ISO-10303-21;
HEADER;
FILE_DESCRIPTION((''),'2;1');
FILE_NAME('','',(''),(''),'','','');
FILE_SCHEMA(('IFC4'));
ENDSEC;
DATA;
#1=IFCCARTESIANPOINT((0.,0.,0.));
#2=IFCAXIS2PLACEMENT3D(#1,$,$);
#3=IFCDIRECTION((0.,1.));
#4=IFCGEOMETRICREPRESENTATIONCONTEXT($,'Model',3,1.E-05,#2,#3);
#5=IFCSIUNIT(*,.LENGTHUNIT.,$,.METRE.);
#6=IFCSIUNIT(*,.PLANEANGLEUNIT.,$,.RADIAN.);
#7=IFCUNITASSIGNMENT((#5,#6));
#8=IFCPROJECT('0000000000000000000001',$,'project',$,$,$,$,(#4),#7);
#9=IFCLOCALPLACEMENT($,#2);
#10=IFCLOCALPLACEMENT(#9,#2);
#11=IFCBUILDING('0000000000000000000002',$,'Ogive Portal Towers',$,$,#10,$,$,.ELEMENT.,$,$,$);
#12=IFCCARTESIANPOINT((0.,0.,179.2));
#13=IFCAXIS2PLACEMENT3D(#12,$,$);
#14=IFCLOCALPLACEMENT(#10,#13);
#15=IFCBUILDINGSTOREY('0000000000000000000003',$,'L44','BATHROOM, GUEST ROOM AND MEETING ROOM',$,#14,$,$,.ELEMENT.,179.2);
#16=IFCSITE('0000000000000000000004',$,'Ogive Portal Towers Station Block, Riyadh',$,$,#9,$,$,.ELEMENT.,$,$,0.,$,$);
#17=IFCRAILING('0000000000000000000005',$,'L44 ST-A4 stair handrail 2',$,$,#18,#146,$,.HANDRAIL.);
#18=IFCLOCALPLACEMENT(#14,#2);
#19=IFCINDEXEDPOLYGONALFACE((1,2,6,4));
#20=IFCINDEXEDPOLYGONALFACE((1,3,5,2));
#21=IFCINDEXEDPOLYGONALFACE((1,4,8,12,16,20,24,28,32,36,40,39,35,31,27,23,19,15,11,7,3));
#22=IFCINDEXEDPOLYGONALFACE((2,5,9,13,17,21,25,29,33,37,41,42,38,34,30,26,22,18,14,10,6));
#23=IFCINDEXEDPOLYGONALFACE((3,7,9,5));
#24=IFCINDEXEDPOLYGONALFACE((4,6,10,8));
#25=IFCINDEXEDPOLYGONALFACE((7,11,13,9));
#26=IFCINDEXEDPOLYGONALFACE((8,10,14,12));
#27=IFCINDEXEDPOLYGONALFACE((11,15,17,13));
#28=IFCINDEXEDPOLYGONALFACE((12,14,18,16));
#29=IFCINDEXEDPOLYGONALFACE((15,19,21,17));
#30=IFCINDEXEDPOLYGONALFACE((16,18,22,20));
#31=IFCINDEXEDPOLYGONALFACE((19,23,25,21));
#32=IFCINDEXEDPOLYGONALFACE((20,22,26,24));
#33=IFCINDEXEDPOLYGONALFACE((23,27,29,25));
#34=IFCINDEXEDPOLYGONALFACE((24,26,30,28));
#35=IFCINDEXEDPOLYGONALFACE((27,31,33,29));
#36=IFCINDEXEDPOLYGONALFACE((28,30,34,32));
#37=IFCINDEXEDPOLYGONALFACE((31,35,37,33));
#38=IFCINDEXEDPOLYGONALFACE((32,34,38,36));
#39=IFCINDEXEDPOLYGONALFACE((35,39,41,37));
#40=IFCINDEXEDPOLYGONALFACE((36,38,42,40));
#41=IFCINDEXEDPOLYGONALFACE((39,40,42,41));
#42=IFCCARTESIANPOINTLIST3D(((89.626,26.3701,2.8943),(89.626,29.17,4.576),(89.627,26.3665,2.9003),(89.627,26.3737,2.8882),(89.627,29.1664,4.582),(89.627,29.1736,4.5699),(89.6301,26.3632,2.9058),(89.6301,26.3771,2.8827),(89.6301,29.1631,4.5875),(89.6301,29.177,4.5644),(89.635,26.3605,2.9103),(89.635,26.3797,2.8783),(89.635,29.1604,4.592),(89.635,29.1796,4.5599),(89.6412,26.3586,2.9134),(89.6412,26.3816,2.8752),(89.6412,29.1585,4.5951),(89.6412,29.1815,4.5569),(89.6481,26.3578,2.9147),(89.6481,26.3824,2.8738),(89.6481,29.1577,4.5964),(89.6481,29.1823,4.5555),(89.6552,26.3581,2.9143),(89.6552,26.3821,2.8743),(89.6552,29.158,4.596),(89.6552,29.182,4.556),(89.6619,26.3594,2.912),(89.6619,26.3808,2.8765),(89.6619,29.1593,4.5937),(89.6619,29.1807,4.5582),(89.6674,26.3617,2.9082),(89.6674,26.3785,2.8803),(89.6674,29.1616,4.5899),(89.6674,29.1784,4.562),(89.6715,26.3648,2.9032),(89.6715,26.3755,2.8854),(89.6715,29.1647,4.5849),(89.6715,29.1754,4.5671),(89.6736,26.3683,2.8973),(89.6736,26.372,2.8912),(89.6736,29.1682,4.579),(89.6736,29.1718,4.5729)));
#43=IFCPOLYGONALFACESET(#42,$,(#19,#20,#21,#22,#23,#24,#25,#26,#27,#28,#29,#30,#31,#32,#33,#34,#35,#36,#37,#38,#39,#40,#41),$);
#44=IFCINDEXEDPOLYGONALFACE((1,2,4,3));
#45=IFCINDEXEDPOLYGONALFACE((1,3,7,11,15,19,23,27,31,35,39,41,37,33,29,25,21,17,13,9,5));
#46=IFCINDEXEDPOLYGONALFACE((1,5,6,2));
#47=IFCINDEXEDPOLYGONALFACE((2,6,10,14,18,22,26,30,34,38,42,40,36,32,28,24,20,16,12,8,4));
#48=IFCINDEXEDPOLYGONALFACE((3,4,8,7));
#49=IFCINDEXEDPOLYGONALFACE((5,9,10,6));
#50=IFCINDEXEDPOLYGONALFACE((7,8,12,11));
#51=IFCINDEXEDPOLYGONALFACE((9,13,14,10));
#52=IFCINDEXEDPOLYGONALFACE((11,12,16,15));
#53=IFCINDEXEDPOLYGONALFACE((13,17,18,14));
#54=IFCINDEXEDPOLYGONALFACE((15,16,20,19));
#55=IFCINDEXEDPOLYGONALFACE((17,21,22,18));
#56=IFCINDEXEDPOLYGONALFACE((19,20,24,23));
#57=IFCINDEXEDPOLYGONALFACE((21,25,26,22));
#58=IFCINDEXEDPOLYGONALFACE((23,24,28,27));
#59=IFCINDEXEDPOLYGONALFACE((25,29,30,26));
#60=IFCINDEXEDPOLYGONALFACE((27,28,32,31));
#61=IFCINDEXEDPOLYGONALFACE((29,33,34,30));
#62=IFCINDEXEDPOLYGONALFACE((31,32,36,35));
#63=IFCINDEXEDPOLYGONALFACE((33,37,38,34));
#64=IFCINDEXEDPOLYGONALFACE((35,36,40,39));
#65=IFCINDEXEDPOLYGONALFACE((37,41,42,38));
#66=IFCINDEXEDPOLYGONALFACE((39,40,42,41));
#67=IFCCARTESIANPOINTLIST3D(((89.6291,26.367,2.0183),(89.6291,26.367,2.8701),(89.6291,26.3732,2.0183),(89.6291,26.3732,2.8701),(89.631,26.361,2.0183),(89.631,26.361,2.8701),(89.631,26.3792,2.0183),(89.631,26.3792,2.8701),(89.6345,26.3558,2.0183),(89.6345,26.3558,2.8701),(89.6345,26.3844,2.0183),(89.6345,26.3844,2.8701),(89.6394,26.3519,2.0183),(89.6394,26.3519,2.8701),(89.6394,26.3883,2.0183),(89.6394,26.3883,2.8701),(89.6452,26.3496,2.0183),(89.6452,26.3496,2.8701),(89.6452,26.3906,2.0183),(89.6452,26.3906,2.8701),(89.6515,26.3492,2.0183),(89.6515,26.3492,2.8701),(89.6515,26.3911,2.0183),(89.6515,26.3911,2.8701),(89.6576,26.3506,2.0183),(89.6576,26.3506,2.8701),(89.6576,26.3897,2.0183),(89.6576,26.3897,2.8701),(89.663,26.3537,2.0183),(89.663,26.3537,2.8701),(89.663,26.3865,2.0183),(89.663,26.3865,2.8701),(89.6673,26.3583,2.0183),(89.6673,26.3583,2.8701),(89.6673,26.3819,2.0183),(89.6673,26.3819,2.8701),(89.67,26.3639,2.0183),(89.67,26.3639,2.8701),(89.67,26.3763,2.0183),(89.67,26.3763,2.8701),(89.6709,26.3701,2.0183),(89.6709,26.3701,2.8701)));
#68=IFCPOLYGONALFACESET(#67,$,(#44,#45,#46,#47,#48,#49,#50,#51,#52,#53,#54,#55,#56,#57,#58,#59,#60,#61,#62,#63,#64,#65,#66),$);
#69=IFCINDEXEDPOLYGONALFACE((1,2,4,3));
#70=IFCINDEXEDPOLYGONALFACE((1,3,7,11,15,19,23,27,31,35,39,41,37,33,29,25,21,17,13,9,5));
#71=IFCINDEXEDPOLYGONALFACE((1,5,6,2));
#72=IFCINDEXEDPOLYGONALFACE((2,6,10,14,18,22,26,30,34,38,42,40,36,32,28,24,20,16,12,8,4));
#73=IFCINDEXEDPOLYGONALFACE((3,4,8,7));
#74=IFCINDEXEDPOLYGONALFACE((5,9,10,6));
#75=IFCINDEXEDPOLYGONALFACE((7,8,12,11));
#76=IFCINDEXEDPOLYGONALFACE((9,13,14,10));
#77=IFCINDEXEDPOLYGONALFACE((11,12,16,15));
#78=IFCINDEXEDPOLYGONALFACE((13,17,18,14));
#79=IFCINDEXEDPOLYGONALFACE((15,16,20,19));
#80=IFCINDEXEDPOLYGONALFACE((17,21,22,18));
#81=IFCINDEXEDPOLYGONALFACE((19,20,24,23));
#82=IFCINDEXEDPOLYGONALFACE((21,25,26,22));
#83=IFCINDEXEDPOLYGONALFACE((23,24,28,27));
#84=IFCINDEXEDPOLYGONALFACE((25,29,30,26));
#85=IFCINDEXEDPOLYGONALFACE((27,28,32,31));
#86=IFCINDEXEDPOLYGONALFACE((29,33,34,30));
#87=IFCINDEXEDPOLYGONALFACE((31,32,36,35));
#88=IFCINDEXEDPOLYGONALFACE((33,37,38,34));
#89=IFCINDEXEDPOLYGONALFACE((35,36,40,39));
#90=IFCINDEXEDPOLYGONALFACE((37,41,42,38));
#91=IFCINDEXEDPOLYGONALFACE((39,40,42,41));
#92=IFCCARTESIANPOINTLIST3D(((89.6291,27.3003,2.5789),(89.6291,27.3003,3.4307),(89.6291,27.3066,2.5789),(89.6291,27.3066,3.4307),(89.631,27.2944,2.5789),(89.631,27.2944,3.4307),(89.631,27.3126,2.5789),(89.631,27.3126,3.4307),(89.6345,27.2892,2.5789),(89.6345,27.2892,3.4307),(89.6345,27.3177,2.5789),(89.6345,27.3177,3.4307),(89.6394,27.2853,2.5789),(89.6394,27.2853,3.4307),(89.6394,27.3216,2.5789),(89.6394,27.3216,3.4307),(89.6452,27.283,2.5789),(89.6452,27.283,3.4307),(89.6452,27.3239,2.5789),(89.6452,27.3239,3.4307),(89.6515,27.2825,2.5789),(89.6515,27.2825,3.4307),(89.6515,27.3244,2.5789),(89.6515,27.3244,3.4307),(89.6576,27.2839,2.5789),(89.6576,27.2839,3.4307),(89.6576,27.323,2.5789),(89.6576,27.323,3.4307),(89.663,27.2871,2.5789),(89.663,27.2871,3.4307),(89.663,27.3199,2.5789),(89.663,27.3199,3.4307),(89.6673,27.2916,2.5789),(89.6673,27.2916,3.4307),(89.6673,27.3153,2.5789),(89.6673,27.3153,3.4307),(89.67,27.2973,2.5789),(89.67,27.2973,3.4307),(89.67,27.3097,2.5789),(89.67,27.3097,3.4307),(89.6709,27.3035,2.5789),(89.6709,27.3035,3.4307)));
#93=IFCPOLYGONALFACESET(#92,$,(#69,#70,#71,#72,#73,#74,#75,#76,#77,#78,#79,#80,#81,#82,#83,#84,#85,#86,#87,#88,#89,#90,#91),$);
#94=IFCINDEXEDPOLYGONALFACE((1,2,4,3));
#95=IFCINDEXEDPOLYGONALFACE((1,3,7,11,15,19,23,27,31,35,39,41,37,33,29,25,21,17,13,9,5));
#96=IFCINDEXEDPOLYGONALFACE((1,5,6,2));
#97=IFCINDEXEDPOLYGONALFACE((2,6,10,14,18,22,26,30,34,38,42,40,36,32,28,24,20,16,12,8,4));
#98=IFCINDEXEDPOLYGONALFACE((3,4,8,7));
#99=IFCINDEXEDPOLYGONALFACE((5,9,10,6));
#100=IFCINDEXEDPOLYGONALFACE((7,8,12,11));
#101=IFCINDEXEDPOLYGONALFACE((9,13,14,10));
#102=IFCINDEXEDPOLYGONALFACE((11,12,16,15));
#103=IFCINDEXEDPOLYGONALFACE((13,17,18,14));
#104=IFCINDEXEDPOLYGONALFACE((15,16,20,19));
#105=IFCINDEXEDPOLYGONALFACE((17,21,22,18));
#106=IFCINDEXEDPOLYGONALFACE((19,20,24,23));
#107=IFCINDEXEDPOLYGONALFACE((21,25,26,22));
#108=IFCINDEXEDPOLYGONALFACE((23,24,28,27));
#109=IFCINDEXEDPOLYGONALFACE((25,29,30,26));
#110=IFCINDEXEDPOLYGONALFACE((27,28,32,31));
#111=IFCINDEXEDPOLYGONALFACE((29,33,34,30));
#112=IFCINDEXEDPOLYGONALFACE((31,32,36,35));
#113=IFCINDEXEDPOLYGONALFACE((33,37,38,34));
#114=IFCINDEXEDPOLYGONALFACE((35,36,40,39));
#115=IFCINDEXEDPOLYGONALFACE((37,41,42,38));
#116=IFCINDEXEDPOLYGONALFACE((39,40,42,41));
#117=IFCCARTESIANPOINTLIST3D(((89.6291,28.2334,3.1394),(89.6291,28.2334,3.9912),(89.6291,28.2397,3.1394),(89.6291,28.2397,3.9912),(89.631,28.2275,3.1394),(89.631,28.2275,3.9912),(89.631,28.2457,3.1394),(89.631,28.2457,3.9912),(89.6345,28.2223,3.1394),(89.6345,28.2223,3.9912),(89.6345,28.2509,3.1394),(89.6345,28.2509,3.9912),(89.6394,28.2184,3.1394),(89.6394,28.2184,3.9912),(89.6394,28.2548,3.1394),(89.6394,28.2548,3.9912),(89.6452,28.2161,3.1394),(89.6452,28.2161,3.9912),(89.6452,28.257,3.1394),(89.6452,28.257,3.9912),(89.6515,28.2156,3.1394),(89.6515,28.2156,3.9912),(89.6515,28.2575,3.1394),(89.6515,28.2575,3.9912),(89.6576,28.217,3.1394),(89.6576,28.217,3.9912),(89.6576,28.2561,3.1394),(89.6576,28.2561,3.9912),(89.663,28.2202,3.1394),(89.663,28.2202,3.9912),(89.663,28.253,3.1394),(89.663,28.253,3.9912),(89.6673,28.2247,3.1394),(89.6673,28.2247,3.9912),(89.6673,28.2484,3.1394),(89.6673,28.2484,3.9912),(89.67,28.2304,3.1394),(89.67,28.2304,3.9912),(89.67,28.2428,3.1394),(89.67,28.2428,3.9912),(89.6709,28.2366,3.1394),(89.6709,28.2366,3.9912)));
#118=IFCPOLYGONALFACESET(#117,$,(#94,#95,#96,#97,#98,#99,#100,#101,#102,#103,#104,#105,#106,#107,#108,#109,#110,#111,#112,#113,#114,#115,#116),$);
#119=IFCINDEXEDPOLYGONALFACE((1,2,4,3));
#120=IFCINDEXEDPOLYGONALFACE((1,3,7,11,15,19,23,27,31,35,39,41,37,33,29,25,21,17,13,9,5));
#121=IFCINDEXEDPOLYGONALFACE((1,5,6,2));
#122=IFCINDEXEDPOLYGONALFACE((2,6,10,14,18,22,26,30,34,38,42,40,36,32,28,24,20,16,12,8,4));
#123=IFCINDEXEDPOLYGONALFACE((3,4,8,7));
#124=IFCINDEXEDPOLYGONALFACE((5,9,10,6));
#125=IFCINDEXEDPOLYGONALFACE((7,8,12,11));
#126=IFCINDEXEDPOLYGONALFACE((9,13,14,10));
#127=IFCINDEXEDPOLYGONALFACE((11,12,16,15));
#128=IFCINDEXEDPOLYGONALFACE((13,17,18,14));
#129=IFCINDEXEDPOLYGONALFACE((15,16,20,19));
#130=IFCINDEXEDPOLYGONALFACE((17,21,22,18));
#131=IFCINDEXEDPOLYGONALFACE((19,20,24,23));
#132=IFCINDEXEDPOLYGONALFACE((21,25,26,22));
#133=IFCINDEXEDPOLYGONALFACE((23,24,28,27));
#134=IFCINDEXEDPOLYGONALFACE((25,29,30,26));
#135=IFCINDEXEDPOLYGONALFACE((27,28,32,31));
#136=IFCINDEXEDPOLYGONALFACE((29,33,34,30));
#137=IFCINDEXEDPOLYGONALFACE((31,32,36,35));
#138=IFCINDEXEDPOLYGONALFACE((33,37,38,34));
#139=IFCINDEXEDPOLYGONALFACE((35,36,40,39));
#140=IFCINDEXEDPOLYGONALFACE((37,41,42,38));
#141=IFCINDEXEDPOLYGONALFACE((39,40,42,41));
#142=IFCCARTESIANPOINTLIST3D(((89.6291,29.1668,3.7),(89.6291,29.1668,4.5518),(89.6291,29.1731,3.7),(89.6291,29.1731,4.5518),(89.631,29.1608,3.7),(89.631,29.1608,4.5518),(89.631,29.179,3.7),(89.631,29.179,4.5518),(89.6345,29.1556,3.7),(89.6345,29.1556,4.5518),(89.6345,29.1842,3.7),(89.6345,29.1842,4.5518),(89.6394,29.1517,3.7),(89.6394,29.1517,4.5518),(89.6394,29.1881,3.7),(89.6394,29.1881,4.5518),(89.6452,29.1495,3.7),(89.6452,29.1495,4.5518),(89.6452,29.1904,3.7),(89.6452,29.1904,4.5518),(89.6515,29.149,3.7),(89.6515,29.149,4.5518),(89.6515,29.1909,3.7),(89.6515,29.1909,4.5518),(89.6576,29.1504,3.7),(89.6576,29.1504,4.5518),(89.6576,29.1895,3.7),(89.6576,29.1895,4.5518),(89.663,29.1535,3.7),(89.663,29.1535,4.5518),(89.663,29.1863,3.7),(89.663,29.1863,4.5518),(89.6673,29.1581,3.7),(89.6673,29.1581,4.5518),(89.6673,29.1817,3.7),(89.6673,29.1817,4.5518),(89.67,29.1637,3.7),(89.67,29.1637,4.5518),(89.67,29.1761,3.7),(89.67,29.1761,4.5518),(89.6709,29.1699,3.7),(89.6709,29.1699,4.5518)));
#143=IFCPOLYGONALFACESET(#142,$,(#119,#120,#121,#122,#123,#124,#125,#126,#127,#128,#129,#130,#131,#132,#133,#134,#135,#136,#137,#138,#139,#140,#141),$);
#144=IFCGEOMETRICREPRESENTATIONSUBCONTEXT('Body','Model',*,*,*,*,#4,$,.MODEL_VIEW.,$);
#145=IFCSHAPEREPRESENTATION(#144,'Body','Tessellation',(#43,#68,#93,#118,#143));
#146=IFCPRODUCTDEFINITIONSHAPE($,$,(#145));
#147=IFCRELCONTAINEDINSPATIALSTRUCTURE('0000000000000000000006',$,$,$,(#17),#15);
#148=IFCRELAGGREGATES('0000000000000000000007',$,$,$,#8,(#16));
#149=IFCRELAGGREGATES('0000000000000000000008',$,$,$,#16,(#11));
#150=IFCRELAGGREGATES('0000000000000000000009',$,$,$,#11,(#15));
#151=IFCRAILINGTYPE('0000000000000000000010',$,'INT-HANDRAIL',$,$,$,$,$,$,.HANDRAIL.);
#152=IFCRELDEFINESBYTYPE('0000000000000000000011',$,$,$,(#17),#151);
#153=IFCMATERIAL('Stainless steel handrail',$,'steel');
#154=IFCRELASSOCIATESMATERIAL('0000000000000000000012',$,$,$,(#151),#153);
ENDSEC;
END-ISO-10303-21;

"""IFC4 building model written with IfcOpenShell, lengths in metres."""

from ifc_helpers import new_model, si_unit, direction, frame, origin, origin_2d, place, context, subcontext, project, spatial, circle, extrude, material, type_object, element, save


model = new_model("IFC4")

# Units and contexts
model_context = context("Model", 3, precision=1e-05, world=origin(), true_north=direction((0.0, 1.0)))
body_context = subcontext(model_context, "Body", "Model", "MODEL_VIEW")
ifc_project = project(units=[si_unit("LENGTHUNIT", "METRE"), si_unit("PLANEANGLEUNIT", "RADIAN")], contexts=[model_context])

# Site, building, storey
site_placement = place(None, origin())
site = spatial("IfcSite", under=ifc_project, at=site_placement, Name="Ogive Portal Towers Station Block, Riyadh", CompositionType="ELEMENT", RefElevation=0.0)
building_placement = place(site_placement, origin())
building = spatial("IfcBuilding", under=site, at=building_placement, Name="Ogive Portal Towers", CompositionType="ELEMENT")
storey_placement = place(building_placement, frame((0.0, 0.0, 179.2)))
storey = spatial("IfcBuildingStorey", under=building, at=storey_placement, Name="L44", Description="BATHROOM, GUEST ROOM AND MEETING ROOM", CompositionType="ELEMENT", Elevation=179.2)

# Railing
ifc_material_1 = material(Name="Stainless steel handrail", Category="steel")
railing_type_1 = type_object("IfcRailingType", Name="INT-HANDRAIL", PredefinedType="HANDRAIL", material=ifc_material_1)
railing_1_placement = place(storey_placement, frame((89.6499, 26.3701, 2.0183)))
element("IfcRailing", 1, at=railing_1_placement, inside=storey, type_object=railing_type_1, Name="L44 ST-A4 stair handrail 2", PredefinedType="HANDRAIL", context=body_context, shape_type="SweptSolid", body=[
    extrude(circle(Radius=0.0239, at=origin_2d()), frame((0.0, 0.0, 0.876), z_axis=(0.0, 0.857255, 0.514891), x_axis=(-1.0, 0.0, 0.0)), (0.0, 0.0, 1.0), 3.2661),
    extrude(circle(Radius=0.021, at=origin_2d()), origin(), (0.0, 0.0, 1.0), 0.8518),
    extrude(circle(Radius=0.021, at=origin_2d()), frame((0.0, 0.9333, 0.5605)), (0.0, 0.0, 1.0), 0.8518),
    extrude(circle(Radius=0.021, at=origin_2d()), frame((0.0, 1.8665, 1.1211)), (0.0, 0.0, 1.0), 0.8518),
    extrude(circle(Radius=0.021, at=origin_2d()), frame((0.0, 2.7998, 1.6816)), (0.0, 0.0, 1.0), 0.8518),
])

save(model, "model.ifc")
